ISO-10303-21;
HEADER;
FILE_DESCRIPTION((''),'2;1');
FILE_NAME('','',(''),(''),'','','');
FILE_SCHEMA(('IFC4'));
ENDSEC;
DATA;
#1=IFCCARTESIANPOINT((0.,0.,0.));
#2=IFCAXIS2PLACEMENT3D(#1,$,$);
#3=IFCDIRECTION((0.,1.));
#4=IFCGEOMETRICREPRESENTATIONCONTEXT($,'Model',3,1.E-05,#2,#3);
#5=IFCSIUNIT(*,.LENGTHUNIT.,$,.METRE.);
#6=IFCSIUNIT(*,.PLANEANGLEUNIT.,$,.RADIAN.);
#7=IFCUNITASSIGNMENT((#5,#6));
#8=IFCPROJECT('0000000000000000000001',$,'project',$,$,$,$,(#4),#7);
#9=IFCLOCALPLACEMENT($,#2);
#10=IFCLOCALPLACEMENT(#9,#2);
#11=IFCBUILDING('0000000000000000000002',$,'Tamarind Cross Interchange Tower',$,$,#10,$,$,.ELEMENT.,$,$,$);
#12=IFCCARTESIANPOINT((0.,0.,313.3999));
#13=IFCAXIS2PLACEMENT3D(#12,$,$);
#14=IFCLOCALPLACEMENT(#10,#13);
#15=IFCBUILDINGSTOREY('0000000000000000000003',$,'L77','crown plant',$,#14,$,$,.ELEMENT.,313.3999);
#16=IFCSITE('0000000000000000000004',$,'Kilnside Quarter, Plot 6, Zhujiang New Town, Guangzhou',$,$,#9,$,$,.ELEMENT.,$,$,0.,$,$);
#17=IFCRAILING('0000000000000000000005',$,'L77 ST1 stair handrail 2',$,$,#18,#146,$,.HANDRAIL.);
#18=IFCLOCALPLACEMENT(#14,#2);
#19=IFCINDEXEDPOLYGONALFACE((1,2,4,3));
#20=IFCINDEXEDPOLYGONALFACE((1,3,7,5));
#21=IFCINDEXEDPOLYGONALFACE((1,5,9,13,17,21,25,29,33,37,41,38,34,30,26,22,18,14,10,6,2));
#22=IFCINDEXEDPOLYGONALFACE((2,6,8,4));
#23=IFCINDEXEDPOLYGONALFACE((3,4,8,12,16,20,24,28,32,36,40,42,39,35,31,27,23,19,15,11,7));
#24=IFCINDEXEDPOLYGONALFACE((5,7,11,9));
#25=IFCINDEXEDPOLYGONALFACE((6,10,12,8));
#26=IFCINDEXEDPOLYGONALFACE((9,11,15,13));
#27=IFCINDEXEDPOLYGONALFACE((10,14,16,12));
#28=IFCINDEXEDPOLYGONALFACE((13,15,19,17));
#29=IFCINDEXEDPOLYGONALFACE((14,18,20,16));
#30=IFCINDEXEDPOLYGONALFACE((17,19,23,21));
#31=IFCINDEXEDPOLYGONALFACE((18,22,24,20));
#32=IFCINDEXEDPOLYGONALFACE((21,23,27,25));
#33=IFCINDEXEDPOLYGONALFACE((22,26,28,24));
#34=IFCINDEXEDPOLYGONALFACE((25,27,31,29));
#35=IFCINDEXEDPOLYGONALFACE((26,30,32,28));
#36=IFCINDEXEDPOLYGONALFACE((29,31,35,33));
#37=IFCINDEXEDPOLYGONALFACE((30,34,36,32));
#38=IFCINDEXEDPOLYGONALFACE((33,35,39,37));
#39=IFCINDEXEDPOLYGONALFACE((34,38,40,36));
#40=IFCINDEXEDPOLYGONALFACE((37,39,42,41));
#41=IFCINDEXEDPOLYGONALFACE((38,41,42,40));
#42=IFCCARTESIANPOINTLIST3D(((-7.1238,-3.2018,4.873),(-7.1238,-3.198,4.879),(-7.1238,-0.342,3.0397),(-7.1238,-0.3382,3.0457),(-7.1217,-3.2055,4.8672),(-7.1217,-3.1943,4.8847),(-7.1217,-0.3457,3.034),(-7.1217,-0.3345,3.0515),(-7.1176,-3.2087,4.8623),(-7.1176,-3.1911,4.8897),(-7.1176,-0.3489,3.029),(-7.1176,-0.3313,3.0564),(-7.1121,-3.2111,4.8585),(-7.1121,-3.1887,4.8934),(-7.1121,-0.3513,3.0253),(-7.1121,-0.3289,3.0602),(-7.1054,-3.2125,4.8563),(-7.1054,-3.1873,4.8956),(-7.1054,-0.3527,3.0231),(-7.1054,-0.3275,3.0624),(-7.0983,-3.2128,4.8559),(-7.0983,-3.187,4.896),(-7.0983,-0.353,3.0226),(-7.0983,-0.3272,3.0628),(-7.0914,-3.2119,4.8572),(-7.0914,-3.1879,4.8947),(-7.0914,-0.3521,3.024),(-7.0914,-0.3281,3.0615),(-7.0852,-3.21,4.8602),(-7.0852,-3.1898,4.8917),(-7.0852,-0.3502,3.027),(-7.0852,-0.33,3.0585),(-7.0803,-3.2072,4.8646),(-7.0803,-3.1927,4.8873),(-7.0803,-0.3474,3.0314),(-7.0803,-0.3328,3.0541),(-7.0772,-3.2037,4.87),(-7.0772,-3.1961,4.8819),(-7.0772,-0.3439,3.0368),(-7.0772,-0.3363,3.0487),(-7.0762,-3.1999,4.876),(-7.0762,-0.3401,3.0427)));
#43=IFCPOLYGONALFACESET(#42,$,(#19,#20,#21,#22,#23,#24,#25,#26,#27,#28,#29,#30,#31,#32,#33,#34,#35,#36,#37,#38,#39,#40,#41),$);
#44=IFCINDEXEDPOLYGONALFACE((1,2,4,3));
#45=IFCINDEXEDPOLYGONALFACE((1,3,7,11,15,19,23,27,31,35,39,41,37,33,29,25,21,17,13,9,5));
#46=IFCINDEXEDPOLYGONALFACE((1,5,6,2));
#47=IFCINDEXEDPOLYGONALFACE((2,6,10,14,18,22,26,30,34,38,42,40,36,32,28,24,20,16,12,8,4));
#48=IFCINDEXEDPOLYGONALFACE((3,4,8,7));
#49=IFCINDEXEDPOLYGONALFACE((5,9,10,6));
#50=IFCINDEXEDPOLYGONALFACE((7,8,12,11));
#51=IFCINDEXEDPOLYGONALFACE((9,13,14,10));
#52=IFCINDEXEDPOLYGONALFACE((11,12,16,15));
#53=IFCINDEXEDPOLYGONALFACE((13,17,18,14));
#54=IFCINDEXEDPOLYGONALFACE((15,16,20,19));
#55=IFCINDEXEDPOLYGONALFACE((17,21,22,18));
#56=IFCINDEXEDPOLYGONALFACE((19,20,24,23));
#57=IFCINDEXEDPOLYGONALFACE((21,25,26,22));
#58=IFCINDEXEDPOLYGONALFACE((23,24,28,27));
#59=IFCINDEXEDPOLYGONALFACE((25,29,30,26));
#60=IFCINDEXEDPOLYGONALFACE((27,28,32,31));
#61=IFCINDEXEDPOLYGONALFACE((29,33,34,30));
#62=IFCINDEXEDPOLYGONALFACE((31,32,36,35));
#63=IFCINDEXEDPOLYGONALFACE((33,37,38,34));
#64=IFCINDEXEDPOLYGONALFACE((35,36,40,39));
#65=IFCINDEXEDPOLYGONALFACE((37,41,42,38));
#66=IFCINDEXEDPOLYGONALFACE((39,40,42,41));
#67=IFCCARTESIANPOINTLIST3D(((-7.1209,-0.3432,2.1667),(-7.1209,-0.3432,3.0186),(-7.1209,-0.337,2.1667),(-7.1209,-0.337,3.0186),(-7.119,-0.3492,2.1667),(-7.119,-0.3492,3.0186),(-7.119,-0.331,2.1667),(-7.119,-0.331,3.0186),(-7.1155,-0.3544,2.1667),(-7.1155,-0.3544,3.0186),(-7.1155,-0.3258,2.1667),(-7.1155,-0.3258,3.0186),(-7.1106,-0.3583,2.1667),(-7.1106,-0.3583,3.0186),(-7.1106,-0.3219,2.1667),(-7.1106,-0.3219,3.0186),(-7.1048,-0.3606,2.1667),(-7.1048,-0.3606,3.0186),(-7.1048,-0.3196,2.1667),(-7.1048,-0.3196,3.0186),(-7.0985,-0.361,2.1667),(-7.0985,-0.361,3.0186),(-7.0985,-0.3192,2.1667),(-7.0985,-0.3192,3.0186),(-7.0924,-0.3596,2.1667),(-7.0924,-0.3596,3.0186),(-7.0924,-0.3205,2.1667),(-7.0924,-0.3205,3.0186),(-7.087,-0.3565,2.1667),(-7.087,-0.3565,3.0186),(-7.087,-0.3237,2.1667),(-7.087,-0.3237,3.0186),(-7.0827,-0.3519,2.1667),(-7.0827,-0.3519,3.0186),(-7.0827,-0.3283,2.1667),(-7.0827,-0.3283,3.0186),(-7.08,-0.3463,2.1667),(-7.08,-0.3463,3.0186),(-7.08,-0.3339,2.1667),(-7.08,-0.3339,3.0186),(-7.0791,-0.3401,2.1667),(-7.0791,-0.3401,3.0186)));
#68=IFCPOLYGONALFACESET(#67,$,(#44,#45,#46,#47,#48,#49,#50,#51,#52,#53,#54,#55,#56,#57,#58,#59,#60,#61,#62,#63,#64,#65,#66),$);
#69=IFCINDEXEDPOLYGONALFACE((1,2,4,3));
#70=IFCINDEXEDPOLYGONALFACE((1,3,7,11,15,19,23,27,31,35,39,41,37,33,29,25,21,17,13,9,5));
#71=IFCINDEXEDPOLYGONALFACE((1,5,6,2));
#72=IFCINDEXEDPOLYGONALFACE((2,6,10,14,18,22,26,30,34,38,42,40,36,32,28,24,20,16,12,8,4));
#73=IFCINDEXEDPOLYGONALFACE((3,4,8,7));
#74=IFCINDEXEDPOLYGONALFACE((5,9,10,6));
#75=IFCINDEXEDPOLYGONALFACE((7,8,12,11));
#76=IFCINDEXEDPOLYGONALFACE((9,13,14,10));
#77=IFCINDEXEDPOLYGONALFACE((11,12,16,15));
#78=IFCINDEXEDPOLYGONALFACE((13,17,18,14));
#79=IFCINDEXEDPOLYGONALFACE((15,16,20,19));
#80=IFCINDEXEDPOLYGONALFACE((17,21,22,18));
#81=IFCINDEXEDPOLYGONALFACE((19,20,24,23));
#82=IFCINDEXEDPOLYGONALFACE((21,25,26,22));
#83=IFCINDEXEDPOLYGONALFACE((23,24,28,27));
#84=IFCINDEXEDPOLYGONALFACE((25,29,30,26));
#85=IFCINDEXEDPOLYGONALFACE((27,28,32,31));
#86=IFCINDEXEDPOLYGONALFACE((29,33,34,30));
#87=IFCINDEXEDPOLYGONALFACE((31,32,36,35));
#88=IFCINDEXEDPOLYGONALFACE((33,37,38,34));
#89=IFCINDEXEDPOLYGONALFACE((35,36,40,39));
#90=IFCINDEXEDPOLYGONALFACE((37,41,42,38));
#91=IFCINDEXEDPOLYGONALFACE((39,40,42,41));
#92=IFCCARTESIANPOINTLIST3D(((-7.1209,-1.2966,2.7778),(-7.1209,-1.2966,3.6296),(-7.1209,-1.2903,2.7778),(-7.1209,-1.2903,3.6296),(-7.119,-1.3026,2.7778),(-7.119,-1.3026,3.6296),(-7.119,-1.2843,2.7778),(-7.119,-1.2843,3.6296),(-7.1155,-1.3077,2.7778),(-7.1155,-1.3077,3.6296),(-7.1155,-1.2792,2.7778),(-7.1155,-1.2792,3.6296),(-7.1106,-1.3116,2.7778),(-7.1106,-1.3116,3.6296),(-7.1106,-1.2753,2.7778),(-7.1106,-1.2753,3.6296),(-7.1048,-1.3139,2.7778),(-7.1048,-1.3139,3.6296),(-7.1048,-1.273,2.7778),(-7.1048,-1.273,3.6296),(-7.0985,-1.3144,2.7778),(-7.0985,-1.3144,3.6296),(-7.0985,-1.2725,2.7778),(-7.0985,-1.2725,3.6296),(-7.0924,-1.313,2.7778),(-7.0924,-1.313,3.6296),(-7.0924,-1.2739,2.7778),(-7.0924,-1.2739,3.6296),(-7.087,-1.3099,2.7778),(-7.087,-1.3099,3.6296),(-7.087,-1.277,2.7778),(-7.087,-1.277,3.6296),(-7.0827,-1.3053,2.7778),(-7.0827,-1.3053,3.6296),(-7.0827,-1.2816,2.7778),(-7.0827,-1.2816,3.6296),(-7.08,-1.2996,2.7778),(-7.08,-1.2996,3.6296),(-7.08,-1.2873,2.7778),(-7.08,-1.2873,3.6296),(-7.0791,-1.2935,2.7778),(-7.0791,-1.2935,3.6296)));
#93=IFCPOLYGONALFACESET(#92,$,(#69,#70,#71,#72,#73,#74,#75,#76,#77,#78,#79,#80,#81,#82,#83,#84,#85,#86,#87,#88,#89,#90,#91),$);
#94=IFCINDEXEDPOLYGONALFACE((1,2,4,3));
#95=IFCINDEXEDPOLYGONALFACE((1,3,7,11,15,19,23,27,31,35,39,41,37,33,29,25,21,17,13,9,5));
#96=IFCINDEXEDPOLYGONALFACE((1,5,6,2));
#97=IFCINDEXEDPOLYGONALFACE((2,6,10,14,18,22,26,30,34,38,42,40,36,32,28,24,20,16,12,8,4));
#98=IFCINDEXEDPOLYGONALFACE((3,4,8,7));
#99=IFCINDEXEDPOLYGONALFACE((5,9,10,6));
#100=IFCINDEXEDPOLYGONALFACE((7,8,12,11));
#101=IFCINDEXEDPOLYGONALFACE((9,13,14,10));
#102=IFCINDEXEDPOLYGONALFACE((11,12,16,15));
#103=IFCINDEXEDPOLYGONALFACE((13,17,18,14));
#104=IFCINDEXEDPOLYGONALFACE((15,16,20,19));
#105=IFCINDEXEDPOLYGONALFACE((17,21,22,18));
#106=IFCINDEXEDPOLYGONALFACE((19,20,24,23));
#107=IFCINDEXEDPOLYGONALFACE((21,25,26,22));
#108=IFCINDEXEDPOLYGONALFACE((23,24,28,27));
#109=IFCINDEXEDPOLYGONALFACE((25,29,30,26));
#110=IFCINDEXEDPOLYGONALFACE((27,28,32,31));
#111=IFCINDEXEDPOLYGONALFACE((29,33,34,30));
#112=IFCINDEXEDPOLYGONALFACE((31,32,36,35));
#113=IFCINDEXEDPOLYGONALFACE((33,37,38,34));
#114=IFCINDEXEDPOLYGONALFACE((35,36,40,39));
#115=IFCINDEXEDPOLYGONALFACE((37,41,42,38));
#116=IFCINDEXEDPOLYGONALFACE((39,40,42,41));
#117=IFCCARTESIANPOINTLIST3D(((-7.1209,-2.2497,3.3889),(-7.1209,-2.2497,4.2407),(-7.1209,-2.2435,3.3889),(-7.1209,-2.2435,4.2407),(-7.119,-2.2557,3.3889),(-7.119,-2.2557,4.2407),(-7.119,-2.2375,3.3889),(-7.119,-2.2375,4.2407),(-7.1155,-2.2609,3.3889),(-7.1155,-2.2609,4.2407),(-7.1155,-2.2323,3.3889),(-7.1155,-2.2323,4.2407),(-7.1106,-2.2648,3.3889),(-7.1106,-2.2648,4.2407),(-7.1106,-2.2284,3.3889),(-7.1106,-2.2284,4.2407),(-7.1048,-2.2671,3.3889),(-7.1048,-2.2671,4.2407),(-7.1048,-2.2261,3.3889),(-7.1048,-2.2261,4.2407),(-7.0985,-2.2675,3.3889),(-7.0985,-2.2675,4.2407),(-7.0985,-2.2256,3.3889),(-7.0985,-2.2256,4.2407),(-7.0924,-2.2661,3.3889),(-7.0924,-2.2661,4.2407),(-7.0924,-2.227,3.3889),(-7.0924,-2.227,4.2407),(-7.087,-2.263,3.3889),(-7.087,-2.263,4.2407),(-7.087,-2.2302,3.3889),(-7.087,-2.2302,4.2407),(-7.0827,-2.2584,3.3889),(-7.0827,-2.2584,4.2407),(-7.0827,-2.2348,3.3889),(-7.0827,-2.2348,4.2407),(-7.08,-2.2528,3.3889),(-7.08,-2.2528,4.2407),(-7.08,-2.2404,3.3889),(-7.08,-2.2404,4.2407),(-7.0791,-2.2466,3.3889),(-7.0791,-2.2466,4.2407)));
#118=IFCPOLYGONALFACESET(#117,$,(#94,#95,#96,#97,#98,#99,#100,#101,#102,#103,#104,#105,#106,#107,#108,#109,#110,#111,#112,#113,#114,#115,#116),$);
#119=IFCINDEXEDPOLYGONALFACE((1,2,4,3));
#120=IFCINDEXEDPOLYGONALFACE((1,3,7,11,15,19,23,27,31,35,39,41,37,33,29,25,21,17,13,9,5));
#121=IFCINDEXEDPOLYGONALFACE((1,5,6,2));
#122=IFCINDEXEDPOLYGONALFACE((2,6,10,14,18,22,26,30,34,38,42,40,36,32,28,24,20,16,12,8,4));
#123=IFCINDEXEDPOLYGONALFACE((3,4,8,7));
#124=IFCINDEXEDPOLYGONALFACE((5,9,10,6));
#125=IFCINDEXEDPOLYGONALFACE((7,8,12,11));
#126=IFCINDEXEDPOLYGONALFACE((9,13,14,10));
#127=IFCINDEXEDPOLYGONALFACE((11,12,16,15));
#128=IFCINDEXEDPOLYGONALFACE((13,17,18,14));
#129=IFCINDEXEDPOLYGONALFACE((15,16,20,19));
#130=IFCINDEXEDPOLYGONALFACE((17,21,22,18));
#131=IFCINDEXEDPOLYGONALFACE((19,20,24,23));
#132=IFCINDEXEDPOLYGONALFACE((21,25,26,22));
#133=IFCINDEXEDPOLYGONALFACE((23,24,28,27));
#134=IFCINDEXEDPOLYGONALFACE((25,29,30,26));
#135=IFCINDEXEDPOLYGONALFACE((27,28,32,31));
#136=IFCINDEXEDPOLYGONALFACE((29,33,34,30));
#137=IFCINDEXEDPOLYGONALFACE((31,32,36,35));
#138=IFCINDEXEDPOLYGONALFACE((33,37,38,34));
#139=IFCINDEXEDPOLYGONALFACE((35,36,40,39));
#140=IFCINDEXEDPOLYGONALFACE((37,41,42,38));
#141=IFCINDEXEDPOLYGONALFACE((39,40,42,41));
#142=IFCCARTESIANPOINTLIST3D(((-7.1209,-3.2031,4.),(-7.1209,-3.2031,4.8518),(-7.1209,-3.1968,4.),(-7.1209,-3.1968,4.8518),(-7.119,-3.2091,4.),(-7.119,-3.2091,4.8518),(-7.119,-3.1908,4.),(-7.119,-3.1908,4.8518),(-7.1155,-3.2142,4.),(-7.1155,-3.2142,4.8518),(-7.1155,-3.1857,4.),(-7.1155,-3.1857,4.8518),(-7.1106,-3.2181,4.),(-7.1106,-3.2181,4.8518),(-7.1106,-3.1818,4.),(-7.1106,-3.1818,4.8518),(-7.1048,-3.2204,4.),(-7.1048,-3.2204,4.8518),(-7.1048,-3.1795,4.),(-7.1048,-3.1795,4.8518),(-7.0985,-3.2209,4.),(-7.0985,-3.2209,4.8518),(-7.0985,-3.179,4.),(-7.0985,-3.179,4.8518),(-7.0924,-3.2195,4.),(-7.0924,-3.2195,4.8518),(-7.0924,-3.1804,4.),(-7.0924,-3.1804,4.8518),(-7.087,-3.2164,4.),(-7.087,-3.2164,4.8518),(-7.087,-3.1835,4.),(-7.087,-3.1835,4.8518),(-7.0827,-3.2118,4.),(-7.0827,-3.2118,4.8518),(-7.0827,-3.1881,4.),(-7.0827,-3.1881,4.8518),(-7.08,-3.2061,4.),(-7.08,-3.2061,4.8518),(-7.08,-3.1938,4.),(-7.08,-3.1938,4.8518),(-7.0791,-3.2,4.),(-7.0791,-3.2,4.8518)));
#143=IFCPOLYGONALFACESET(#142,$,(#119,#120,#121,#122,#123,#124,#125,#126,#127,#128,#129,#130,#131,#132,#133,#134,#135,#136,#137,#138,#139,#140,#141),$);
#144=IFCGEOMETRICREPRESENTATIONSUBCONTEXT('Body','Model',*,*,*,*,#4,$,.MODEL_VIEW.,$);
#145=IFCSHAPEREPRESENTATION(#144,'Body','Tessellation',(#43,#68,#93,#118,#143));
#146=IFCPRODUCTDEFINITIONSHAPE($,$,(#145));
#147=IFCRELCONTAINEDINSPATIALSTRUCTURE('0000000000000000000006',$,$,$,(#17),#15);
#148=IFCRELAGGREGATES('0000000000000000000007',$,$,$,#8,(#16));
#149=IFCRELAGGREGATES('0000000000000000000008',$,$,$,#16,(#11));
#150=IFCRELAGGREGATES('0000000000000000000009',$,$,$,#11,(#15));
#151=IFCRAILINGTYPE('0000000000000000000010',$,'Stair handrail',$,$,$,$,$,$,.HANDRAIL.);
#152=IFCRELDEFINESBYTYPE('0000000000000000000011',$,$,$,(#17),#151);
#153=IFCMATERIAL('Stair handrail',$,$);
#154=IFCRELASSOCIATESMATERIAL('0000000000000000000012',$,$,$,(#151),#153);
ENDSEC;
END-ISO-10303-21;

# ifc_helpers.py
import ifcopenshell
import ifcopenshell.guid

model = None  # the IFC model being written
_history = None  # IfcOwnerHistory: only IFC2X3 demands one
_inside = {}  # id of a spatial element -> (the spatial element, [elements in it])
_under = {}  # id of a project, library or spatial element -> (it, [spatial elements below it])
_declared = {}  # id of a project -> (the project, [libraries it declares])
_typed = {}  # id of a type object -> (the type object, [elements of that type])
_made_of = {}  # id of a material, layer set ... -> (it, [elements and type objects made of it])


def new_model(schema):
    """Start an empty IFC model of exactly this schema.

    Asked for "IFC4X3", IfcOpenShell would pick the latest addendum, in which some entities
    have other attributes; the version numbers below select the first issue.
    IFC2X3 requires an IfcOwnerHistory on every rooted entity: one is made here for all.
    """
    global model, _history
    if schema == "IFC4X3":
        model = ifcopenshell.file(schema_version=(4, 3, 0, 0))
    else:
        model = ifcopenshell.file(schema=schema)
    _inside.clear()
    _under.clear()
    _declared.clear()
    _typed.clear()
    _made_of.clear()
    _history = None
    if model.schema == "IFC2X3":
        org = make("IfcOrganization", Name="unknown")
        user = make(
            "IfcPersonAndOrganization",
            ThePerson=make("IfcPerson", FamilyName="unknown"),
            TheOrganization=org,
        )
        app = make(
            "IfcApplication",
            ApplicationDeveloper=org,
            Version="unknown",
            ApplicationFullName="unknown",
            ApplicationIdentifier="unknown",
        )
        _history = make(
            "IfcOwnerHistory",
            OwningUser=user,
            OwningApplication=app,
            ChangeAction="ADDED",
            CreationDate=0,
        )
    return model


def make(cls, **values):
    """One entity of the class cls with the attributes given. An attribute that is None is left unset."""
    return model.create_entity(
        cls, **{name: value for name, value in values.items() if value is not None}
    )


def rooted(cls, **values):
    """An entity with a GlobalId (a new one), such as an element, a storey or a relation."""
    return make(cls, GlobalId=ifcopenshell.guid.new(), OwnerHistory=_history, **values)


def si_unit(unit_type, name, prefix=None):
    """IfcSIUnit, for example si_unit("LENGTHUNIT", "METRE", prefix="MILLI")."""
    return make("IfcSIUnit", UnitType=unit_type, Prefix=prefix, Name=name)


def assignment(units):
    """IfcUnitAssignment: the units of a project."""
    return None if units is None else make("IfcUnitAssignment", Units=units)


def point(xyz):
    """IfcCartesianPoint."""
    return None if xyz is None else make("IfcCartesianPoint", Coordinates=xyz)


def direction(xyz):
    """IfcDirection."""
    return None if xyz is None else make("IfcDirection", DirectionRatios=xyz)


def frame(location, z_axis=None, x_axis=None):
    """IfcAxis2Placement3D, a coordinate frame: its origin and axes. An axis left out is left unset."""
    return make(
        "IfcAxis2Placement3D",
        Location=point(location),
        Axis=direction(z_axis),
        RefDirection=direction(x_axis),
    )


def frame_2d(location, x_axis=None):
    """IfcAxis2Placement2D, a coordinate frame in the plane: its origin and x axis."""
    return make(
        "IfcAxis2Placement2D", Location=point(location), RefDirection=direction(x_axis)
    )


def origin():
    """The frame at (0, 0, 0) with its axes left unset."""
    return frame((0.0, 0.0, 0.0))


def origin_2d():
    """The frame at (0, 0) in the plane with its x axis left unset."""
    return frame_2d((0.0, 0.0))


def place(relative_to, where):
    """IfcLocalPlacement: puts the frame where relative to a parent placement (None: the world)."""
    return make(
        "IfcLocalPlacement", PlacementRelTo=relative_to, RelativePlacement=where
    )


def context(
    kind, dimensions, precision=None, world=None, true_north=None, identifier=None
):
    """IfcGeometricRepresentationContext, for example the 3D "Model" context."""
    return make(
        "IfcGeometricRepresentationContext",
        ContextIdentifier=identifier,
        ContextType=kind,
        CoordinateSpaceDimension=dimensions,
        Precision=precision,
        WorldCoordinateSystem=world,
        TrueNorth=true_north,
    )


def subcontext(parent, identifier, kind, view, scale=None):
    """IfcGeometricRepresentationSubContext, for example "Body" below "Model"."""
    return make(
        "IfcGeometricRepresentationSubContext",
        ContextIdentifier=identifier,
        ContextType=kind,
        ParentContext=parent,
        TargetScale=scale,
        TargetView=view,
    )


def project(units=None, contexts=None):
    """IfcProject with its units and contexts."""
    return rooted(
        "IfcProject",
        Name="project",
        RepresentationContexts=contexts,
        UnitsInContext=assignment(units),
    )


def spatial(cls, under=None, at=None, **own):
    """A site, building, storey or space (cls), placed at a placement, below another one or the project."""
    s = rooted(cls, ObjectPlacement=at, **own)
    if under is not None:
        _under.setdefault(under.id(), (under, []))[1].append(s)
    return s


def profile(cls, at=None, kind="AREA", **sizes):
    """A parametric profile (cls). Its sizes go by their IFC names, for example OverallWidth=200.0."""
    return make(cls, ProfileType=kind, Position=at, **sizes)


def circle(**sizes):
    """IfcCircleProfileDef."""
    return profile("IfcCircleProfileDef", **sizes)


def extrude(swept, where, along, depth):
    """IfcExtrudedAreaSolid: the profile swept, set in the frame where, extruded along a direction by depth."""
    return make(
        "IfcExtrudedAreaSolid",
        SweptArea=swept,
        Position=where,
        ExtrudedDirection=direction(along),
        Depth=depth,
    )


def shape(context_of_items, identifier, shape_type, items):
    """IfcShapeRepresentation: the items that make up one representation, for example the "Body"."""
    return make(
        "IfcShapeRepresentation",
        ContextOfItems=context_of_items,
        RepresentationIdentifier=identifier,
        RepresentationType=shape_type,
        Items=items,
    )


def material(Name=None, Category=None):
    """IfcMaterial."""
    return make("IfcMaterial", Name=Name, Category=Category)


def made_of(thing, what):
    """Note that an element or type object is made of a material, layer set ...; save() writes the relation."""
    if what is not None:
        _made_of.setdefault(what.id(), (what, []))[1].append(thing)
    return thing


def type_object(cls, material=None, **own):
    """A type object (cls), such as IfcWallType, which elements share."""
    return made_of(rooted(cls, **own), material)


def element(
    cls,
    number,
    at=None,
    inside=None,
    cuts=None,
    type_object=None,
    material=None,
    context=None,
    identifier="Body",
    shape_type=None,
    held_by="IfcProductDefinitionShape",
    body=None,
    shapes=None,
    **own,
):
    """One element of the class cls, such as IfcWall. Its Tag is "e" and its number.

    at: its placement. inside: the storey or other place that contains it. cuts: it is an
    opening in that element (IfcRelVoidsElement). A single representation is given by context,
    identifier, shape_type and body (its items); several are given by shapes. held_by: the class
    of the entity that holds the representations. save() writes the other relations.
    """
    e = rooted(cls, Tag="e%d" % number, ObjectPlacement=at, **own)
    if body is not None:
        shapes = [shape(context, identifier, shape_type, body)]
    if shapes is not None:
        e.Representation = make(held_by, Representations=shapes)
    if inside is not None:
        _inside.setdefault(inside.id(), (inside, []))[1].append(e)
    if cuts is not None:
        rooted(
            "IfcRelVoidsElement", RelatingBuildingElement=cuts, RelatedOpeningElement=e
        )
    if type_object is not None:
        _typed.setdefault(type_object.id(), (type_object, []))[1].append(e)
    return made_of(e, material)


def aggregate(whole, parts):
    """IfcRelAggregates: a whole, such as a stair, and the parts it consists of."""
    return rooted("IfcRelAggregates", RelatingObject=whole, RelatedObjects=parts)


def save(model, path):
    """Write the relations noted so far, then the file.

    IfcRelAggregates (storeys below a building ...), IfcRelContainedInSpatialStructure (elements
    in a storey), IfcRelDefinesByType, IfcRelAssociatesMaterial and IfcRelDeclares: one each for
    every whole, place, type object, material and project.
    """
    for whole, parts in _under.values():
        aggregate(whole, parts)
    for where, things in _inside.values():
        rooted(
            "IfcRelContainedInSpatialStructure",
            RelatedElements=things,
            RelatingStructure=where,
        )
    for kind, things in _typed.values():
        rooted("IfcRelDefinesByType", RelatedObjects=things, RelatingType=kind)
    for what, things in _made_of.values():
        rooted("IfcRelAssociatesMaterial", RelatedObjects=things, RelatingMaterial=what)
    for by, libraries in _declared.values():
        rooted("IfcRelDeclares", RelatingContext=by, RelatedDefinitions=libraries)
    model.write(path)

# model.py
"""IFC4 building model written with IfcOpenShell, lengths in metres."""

from ifc_helpers import new_model, si_unit, direction, frame, origin, origin_2d, place, context, subcontext, project, spatial, circle, extrude, material, type_object, element, save


model = new_model("IFC4")

# Units and contexts
model_context = context("Model", 3, precision=1e-05, world=origin(), true_north=direction((0.0, 1.0)))
body_context = subcontext(model_context, "Body", "Model", "MODEL_VIEW")
ifc_project = project(units=[si_unit("LENGTHUNIT", "METRE"), si_unit("PLANEANGLEUNIT", "RADIAN")], contexts=[model_context])

# Site, building, storey
site_placement = place(None, origin())
site = spatial("IfcSite", under=ifc_project, at=site_placement, Name="Kilnside Quarter, Plot 6, Zhujiang New Town, Guangzhou", CompositionType="ELEMENT", RefElevation=0.0)
building_placement = place(site_placement, origin())
building = spatial("IfcBuilding", under=site, at=building_placement, Name="Tamarind Cross Interchange Tower", CompositionType="ELEMENT")
storey_placement = place(building_placement, frame((0.0, 0.0, 313.3999)))
storey = spatial("IfcBuildingStorey", under=building, at=storey_placement, Name="L77", Description="crown plant", CompositionType="ELEMENT", Elevation=313.3999)

# Railing
ifc_material_1 = material(Name="Stair handrail")
railing_type_1 = type_object("IfcRailingType", Name="Stair handrail", PredefinedType="HANDRAIL", material=ifc_material_1)
railing_1_placement = place(storey_placement, frame((-7.1001, -0.3401, 2.1667)))
element("IfcRailing", 1, at=railing_1_placement, inside=storey, type_object=railing_type_1, Name="L77 ST1 stair handrail 2", PredefinedType="HANDRAIL", context=body_context, shape_type="SweptSolid", body=[
    extrude(circle(Radius=0.0239, at=origin_2d()), frame((0.0, 0.0, 0.876), z_axis=(0.0, -0.841878, 0.539667), x_axis=(1.0, 0.0, 0.0)), (0.0, 0.0, 1.0), 3.397),
    extrude(circle(Radius=0.021, at=origin_2d()), origin(), (0.0, 0.0, 1.0), 0.8518),
    extrude(circle(Radius=0.021, at=origin_2d()), frame((0.0, -0.9534, 0.6111)), (0.0, 0.0, 1.0), 0.8518),
    extrude(circle(Radius=0.021, at=origin_2d()), frame((0.0, -1.9065, 1.2222)), (0.0, 0.0, 1.0), 0.8518),
    extrude(circle(Radius=0.021, at=origin_2d()), frame((0.0, -2.8599, 1.8333)), (0.0, 0.0, 1.0), 0.8518),
])

save(model, "model.ifc")
